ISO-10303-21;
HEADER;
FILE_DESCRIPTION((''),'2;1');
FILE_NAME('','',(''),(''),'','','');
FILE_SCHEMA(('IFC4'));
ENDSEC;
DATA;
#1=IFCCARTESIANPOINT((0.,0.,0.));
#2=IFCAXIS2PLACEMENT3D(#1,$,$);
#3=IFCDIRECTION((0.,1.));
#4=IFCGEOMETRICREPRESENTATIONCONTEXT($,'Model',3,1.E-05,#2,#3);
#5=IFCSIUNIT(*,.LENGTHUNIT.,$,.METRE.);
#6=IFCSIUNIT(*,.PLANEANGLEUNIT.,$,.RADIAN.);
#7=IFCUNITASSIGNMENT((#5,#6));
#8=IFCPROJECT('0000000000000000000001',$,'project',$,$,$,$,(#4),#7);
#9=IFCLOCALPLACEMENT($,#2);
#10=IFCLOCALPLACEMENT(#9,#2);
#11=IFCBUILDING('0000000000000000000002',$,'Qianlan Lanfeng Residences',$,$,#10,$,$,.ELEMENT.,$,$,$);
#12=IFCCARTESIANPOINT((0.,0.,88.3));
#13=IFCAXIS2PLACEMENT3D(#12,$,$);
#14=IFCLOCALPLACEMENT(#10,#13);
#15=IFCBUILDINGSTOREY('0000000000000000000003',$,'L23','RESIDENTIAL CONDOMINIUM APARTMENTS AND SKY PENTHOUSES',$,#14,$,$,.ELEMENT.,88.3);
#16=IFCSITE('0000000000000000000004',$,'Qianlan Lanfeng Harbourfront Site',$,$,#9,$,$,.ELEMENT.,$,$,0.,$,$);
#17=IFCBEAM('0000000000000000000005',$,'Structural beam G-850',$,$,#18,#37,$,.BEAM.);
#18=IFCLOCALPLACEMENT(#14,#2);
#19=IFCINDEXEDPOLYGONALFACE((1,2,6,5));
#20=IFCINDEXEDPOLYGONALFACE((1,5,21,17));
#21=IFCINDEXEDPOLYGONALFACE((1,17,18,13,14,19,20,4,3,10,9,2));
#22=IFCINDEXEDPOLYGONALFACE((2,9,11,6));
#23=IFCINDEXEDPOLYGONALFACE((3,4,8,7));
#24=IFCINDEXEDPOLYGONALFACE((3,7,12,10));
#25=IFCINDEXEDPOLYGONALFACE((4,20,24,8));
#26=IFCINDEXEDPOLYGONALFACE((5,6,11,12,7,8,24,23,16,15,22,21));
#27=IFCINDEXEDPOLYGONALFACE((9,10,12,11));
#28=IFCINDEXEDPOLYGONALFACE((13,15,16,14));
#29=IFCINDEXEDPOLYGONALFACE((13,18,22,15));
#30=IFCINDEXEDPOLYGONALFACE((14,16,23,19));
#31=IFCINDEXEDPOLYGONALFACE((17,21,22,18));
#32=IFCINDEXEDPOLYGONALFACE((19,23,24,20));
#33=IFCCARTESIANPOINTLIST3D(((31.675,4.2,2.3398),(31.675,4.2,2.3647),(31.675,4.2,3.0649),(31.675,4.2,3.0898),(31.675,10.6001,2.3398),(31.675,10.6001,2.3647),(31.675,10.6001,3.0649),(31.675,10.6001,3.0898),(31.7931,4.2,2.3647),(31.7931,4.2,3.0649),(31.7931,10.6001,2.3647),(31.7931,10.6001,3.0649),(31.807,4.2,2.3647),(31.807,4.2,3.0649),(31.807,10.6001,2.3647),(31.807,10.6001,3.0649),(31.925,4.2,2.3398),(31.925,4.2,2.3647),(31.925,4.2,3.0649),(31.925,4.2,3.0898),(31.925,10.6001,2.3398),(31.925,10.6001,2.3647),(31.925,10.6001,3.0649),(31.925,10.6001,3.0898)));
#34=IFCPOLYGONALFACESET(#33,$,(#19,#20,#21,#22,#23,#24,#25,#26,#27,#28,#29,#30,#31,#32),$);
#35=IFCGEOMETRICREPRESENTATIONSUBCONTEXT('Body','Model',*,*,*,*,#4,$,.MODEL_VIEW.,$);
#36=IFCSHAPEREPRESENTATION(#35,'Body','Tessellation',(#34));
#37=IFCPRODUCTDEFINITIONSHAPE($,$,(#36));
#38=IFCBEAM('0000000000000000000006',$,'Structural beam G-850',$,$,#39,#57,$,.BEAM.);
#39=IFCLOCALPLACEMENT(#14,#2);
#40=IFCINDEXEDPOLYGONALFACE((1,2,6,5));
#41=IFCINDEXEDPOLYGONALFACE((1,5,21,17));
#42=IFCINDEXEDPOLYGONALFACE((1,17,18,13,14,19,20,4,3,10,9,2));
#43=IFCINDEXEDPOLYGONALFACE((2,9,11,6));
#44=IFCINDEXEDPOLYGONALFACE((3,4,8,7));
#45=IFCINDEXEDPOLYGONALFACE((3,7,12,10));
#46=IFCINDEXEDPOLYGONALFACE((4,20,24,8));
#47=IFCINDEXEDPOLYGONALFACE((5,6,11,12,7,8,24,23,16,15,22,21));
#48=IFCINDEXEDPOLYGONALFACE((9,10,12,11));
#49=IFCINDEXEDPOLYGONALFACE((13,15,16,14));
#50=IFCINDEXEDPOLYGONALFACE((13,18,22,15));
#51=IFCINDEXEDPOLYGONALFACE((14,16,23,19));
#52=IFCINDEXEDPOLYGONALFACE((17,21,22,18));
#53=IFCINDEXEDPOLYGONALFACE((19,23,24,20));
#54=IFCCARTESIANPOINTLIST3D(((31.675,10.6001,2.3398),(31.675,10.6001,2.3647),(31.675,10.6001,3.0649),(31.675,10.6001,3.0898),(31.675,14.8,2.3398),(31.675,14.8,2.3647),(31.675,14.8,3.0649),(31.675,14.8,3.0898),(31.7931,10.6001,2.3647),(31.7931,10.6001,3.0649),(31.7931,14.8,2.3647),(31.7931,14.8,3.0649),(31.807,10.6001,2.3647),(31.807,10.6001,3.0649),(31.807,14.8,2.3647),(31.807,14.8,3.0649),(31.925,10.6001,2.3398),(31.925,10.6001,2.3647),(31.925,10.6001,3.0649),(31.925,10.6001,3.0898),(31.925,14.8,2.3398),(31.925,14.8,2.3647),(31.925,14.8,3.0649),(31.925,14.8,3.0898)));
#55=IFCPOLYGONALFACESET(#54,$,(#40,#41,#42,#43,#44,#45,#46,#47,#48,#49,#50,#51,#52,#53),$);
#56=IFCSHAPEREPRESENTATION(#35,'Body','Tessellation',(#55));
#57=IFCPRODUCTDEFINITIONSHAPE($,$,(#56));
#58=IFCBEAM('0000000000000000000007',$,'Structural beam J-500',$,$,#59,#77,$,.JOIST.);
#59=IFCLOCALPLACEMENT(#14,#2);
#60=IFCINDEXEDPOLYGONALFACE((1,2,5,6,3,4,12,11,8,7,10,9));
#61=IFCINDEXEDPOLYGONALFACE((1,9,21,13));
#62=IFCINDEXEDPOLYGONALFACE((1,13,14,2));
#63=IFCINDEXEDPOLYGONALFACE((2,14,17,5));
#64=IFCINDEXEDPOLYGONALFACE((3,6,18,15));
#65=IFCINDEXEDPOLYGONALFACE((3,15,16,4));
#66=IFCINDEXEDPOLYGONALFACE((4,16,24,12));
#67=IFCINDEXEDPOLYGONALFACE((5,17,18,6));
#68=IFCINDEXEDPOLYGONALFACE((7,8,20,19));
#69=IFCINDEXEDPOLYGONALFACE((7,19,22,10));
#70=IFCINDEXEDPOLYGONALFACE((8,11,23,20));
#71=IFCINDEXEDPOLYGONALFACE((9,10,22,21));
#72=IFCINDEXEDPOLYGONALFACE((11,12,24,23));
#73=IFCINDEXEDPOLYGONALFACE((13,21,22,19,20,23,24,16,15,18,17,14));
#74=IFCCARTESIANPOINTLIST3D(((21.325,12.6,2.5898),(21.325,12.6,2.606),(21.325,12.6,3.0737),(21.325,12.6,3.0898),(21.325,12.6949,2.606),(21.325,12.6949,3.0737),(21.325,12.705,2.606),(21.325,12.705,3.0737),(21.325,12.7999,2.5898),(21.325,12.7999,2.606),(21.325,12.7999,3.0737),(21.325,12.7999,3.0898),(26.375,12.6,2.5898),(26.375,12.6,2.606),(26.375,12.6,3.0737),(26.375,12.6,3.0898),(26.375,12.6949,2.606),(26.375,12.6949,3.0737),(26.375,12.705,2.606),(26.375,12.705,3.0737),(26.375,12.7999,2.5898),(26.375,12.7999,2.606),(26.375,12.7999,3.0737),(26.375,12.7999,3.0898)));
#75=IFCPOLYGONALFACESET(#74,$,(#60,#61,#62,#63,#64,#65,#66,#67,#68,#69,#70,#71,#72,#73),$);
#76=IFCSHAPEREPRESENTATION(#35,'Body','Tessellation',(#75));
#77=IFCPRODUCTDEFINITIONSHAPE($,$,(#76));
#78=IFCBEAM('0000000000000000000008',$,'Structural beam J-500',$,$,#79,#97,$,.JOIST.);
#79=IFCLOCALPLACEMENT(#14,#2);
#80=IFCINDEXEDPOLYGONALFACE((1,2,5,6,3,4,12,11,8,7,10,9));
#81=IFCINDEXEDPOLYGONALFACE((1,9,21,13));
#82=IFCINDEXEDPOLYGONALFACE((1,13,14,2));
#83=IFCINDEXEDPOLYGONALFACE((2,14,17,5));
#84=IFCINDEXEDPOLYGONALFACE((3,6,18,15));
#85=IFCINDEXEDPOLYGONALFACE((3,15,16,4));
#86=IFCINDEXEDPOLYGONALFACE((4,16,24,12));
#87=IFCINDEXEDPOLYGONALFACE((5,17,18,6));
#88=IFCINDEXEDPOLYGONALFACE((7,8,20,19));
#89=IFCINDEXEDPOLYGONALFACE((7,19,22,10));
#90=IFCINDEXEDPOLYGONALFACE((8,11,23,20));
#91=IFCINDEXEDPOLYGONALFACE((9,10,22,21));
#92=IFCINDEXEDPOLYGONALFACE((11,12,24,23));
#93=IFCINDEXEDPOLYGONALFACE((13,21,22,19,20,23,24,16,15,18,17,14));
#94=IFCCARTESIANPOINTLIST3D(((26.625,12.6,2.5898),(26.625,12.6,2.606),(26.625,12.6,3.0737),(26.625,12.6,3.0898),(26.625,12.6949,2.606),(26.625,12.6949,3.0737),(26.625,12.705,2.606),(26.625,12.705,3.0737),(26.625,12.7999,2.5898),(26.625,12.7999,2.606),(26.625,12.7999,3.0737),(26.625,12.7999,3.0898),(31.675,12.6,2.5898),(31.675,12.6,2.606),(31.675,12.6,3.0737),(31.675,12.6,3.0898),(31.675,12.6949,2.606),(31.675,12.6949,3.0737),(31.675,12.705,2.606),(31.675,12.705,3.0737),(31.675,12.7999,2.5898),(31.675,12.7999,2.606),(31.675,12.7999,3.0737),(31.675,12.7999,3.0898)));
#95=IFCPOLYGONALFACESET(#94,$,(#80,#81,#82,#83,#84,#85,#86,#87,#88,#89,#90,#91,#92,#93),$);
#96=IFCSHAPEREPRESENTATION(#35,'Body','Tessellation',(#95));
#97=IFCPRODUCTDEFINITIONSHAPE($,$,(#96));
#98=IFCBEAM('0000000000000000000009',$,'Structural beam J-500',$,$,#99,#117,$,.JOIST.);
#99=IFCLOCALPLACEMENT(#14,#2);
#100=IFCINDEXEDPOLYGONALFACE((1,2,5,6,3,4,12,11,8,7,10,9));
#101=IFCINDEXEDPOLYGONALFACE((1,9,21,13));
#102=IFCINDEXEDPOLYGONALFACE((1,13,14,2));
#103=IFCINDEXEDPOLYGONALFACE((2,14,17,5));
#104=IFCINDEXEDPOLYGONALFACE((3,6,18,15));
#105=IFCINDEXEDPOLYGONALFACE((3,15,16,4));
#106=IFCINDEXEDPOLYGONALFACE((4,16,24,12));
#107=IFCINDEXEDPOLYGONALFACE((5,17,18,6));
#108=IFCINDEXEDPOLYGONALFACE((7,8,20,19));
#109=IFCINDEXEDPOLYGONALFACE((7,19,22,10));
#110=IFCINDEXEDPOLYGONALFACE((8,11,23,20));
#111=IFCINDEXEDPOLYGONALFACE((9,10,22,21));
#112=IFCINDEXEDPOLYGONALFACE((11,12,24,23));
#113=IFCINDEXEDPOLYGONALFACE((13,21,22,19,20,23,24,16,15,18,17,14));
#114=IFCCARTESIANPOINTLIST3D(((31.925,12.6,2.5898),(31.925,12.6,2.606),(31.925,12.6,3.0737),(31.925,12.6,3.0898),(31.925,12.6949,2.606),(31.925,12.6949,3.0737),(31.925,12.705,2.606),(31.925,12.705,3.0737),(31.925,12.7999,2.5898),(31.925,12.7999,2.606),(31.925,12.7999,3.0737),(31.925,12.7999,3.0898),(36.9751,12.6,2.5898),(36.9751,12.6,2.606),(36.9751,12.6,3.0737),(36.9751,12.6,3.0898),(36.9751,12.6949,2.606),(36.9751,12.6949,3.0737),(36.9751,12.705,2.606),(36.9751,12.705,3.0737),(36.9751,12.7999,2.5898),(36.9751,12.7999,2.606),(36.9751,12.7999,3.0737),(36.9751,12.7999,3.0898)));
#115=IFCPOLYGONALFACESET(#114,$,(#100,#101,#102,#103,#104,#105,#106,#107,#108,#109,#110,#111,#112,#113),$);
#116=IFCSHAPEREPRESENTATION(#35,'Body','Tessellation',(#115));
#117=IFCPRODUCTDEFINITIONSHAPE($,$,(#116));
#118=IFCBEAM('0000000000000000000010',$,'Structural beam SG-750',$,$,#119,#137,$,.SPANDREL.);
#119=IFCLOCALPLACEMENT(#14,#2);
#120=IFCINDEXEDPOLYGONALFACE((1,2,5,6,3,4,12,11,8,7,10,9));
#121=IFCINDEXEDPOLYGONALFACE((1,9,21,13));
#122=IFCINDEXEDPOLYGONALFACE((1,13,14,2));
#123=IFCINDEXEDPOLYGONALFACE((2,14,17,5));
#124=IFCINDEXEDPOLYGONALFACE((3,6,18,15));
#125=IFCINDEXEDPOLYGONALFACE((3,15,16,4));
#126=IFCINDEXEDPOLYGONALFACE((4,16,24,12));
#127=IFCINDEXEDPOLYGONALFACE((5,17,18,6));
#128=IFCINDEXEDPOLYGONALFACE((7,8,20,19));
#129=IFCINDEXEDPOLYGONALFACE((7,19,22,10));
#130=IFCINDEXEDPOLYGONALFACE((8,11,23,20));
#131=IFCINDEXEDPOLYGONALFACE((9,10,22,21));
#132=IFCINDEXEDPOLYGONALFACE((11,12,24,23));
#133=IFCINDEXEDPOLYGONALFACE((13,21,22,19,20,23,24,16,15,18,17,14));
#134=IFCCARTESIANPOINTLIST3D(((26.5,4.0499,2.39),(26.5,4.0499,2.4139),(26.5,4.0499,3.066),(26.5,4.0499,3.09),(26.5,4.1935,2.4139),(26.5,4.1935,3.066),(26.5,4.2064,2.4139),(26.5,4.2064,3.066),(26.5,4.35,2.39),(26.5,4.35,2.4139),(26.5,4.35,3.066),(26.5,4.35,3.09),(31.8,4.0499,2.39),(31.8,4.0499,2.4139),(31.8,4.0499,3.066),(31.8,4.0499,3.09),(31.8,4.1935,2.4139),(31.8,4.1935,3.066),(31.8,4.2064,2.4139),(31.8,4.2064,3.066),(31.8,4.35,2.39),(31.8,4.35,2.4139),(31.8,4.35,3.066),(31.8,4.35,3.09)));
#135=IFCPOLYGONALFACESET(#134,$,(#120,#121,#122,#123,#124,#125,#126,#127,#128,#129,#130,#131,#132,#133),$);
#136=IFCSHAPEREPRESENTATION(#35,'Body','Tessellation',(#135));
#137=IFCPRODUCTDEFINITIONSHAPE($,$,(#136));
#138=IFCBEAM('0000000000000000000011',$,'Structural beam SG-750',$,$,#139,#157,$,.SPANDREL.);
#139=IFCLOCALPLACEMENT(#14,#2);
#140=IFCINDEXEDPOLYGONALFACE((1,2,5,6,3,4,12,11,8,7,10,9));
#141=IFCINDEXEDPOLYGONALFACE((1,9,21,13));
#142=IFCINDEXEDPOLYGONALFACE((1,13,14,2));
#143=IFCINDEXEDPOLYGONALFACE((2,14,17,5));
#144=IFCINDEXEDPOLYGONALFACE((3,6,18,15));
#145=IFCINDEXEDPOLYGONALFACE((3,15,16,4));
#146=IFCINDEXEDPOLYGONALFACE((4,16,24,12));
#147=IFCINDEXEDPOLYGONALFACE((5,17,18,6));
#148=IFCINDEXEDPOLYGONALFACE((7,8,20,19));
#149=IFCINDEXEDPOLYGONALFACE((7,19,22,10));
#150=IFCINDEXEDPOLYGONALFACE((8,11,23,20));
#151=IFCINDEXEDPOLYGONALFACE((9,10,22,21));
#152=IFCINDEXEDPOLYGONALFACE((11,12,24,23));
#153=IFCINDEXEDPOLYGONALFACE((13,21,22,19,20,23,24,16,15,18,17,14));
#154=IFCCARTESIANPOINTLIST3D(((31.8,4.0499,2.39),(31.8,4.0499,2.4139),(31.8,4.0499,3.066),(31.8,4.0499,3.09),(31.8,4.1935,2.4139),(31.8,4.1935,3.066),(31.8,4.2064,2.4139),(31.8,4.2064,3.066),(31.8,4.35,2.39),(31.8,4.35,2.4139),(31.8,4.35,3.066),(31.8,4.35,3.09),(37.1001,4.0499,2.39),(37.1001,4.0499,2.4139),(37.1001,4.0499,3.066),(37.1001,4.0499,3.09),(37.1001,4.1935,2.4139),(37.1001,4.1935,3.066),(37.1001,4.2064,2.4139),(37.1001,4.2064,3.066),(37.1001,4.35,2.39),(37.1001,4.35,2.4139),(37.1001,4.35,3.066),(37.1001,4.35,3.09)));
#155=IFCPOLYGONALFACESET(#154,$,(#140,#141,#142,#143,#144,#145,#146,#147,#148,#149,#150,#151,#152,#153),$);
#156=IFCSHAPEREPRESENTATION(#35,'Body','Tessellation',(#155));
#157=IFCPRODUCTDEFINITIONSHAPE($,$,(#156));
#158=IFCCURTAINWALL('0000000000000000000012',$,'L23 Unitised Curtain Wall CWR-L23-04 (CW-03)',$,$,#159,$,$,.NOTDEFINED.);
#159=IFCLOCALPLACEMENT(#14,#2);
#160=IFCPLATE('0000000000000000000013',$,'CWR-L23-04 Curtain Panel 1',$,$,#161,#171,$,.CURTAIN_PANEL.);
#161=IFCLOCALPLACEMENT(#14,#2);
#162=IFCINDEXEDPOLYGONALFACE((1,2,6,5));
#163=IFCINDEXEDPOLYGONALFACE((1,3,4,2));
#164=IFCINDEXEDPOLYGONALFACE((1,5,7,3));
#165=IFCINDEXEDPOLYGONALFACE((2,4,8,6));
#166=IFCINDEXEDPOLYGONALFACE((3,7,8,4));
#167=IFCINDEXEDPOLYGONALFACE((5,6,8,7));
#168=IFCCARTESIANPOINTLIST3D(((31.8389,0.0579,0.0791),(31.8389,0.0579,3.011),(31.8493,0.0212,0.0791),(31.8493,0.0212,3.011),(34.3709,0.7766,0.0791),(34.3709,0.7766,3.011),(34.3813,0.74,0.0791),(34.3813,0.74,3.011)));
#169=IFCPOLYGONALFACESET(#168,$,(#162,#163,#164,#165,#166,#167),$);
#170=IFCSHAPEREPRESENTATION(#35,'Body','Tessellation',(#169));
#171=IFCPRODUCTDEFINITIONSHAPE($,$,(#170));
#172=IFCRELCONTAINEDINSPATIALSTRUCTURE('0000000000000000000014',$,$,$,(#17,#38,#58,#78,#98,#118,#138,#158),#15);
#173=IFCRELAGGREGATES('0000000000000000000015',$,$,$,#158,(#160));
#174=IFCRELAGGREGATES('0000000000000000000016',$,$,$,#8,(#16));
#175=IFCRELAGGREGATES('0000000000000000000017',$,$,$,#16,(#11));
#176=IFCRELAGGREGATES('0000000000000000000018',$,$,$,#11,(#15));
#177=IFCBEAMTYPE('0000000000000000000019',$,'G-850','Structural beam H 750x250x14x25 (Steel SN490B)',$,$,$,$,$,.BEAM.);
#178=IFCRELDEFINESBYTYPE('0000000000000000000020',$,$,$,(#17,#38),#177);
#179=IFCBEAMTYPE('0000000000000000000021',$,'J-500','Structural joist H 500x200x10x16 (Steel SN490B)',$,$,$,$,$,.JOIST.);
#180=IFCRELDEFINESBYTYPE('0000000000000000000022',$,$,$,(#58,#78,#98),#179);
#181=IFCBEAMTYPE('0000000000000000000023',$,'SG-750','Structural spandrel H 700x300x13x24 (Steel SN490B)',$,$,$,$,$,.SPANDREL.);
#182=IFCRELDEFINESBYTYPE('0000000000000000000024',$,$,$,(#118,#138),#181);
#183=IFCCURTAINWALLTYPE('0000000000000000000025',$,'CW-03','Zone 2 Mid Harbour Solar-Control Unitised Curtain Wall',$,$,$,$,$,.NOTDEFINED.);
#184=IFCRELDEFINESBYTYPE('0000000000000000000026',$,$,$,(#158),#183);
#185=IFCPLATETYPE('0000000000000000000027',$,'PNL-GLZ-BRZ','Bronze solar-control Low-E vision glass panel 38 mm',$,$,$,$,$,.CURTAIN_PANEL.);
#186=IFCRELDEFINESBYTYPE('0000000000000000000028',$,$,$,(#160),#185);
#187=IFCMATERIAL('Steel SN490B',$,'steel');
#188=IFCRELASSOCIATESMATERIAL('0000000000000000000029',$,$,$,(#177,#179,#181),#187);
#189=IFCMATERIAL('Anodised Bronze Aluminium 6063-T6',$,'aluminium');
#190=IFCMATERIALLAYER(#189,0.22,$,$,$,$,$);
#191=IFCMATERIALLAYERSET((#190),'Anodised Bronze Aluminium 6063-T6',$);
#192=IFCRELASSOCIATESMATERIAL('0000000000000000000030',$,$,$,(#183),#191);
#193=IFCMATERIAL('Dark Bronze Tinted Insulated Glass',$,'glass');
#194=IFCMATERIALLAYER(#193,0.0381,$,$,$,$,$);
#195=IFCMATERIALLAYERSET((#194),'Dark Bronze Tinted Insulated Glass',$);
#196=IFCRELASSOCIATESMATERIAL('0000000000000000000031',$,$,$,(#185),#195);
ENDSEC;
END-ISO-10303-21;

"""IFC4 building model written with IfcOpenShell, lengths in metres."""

from ifc_helpers import new_model, si_unit, direction, frame, origin, origin_2d, place, context, subcontext, project, spatial, rectangle, i_section, extrude, source, transform, mapped, material, layer, layer_set, material_profile, profile_set, type_object, element, aggregate, save


model = new_model("IFC4")

# Units and contexts
model_context = context("Model", 3, precision=1e-05, world=origin(), true_north=direction((0.0, 1.0)))
body_context = subcontext(model_context, "Body", "Model", "MODEL_VIEW")
ifc_project = project(units=[si_unit("LENGTHUNIT", "METRE"), si_unit("PLANEANGLEUNIT", "RADIAN")], contexts=[model_context])

# Site, building, storey
site_placement = place(None, origin())
site = spatial("IfcSite", under=ifc_project, at=site_placement, Name="Qianlan Lanfeng Harbourfront Site", CompositionType="ELEMENT", RefElevation=0.0)
building_placement = place(site_placement, origin())
building = spatial("IfcBuilding", under=site, at=building_placement, Name="Qianlan Lanfeng Residences", CompositionType="ELEMENT")
storey_placement = place(building_placement, frame((0.0, 0.0, 88.3)))
storey = spatial("IfcBuildingStorey", under=building, at=storey_placement, Name="L23", Description="RESIDENTIAL CONDOMINIUM APARTMENTS AND SKY PENTHOUSES", CompositionType="ELEMENT", Elevation=88.3)

# Shared definitions
ifc_material_1 = material(Name="Steel SN490B", Category="steel")

# Beams
ifc_material_profile_1 = material_profile(ifc_material_1, i_section(OverallWidth=0.25, OverallDepth=0.75, WebThickness=0.0139, FlangeThickness=0.0249, at=origin_2d()), Name="H 750x250x14x25")
ifc_profile_set_1 = profile_set([ifc_material_profile_1], Name="Steel SN490B")
beam_type_1 = type_object("IfcBeamType", Name="G-850", Description="Structural beam H 750x250x14x25 (Steel SN490B)", PredefinedType="BEAM", material=ifc_profile_set_1)
beam_1_placement = place(storey_placement, frame((31.8, 4.2, 2.7148), z_axis=(0.0, 1.0, 0.0), x_axis=(-1.0, 0.0, 0.0)))
element("IfcBeam", 1, at=beam_1_placement, inside=storey, type_object=beam_type_1, Name="Structural beam G-850", PredefinedType="BEAM", context=body_context, shape_type="SweptSolid", body=[
    extrude(i_section(OverallWidth=0.25, OverallDepth=0.75, WebThickness=0.0139, FlangeThickness=0.0249, at=origin_2d()), origin(), (0.0, 0.0, 1.0), 6.4001),
])
beam_2_placement = place(storey_placement, frame((31.8, 10.6001, 2.7148), z_axis=(0.0, 1.0, 0.0), x_axis=(-1.0, 0.0, 0.0)))
element("IfcBeam", 2, at=beam_2_placement, inside=storey, type_object=beam_type_1, Name="Structural beam G-850", PredefinedType="BEAM", context=body_context, shape_type="SweptSolid", body=[
    extrude(i_section(OverallWidth=0.25, OverallDepth=0.75, WebThickness=0.0139, FlangeThickness=0.0249, at=origin_2d()), origin(), (0.0, 0.0, 1.0), 4.2),
])
ifc_material_profile_2 = material_profile(ifc_material_1, i_section(OverallWidth=0.2, OverallDepth=0.5, WebThickness=0.01, FlangeThickness=0.0161, at=origin_2d()), Name="H 500x200x10x16")
ifc_profile_set_2 = profile_set([ifc_material_profile_2], Name="Steel SN490B")
beam_type_2 = type_object("IfcBeamType", Name="J-500", Description="Structural joist H 500x200x10x16 (Steel SN490B)", PredefinedType="JOIST", material=ifc_profile_set_2)
for number, where, z_axis, x_axis, name in (
    (3, (21.325, 12.7, 2.8398), (1.0, 0.0, 0.0), (0.0, 1.0, 0.0), "Structural beam J-500"),
    (4, (26.625, 12.7, 2.8398), (1.0, 0.0, 0.0), (0.0, 1.0, 0.0), "Structural beam J-500"),
    (5, (31.925, 12.7, 2.8398), (1.0, 0.0, 0.0), (0.0, 1.0, 0.0), "Structural beam J-500"),
):
    element("IfcBeam", number, at=place(storey_placement, frame(where, z_axis=z_axis, x_axis=x_axis)), inside=storey, type_object=beam_type_2, Name=name, PredefinedType="JOIST", context=body_context, shape_type="SweptSolid", body=[
        extrude(i_section(OverallWidth=0.2, OverallDepth=0.5, WebThickness=0.01, FlangeThickness=0.0161, at=origin_2d()), origin(), (0.0, 0.0, 1.0), 5.05),
    ])
ifc_material_profile_3 = material_profile(ifc_material_1, i_section(OverallWidth=0.3, OverallDepth=0.7, WebThickness=0.0129, FlangeThickness=0.0239, at=origin_2d()), Name="H 700x300x13x24")
ifc_profile_set_3 = profile_set([ifc_material_profile_3], Name="Steel SN490B")
beam_type_3 = type_object("IfcBeamType", Name="SG-750", Description="Structural spandrel H 700x300x13x24 (Steel SN490B)", PredefinedType="SPANDREL", material=ifc_profile_set_3)
for number, where, z_axis, x_axis, name in (
    (6, (26.5, 4.2, 2.74), (1.0, 0.0, 0.0), (0.0, 1.0, 0.0), "Structural beam SG-750"),
    (7, (31.8, 4.2, 2.74), (1.0, 0.0, 0.0), (0.0, 1.0, 0.0), "Structural beam SG-750"),
):
    element("IfcBeam", number, at=place(storey_placement, frame(where, z_axis=z_axis, x_axis=x_axis)), inside=storey, type_object=beam_type_3, Name=name, PredefinedType="SPANDREL", context=body_context, shape_type="SweptSolid", body=[
        extrude(i_section(OverallWidth=0.3, OverallDepth=0.7, WebThickness=0.0129, FlangeThickness=0.0239, at=origin_2d()), origin(), (0.0, 0.0, 1.0), 5.3),
    ])

# Curtain wall, plate
ifc_material_2 = material(Name="Anodised Bronze Aluminium 6063-T6", Category="aluminium")
ifc_layer_1 = layer(ifc_material_2, 0.22)
ifc_layer_set_1 = layer_set([ifc_layer_1], Name="Anodised Bronze Aluminium 6063-T6")
curtain_wall_type = type_object("IfcCurtainWallType", Name="CW-03", Description="Zone 2 Mid Harbour Solar-Control Unitised Curtain Wall", PredefinedType="NOTDEFINED", material=ifc_layer_set_1)
curtain_wall_placement = place(storey_placement, origin())
curtain_wall = element("IfcCurtainWall", 8, at=curtain_wall_placement, inside=storey, type_object=curtain_wall_type, Name="L23 Unitised Curtain Wall CWR-L23-04 (CW-03)", PredefinedType="NOTDEFINED")
ifc_material_3 = material(Name="Dark Bronze Tinted Insulated Glass", Category="glass")
ifc_layer_2 = layer(ifc_material_3, 0.0381)
ifc_layer_set_2 = layer_set([ifc_layer_2], Name="Dark Bronze Tinted Insulated Glass")
plate_type = type_object("IfcPlateType", Name="PNL-GLZ-BRZ", Description="Bronze solar-control Low-E vision glass panel 38 mm", PredefinedType="CURTAIN_PANEL", material=ifc_layer_set_2)
shared_shape = source(origin(), body_context, "Body", "SweptSolid", [
    extrude(rectangle(XDim=2.6321, YDim=0.0381, at=origin_2d()), origin(), (0.0, 0.0, 1.0), 2.9319),
])
plate_placement = place(storey_placement, frame((33.1101, 0.3989, 0.0791), z_axis=(0.0, 0.0, 1.0), x_axis=(0.961989, 0.273088, 0.0)))
plate = element("IfcPlate", 9, at=plate_placement, type_object=plate_type, Name="CWR-L23-04 Curtain Panel 1", PredefinedType="CURTAIN_PANEL", context=body_context, shape_type="MappedRepresentation", body=[
    mapped(shared_shape, transform((0.0, 0.0, 0.0), scale=1.0)),
])
aggregate(curtain_wall, [plate])

save(model, "model.ifc")
